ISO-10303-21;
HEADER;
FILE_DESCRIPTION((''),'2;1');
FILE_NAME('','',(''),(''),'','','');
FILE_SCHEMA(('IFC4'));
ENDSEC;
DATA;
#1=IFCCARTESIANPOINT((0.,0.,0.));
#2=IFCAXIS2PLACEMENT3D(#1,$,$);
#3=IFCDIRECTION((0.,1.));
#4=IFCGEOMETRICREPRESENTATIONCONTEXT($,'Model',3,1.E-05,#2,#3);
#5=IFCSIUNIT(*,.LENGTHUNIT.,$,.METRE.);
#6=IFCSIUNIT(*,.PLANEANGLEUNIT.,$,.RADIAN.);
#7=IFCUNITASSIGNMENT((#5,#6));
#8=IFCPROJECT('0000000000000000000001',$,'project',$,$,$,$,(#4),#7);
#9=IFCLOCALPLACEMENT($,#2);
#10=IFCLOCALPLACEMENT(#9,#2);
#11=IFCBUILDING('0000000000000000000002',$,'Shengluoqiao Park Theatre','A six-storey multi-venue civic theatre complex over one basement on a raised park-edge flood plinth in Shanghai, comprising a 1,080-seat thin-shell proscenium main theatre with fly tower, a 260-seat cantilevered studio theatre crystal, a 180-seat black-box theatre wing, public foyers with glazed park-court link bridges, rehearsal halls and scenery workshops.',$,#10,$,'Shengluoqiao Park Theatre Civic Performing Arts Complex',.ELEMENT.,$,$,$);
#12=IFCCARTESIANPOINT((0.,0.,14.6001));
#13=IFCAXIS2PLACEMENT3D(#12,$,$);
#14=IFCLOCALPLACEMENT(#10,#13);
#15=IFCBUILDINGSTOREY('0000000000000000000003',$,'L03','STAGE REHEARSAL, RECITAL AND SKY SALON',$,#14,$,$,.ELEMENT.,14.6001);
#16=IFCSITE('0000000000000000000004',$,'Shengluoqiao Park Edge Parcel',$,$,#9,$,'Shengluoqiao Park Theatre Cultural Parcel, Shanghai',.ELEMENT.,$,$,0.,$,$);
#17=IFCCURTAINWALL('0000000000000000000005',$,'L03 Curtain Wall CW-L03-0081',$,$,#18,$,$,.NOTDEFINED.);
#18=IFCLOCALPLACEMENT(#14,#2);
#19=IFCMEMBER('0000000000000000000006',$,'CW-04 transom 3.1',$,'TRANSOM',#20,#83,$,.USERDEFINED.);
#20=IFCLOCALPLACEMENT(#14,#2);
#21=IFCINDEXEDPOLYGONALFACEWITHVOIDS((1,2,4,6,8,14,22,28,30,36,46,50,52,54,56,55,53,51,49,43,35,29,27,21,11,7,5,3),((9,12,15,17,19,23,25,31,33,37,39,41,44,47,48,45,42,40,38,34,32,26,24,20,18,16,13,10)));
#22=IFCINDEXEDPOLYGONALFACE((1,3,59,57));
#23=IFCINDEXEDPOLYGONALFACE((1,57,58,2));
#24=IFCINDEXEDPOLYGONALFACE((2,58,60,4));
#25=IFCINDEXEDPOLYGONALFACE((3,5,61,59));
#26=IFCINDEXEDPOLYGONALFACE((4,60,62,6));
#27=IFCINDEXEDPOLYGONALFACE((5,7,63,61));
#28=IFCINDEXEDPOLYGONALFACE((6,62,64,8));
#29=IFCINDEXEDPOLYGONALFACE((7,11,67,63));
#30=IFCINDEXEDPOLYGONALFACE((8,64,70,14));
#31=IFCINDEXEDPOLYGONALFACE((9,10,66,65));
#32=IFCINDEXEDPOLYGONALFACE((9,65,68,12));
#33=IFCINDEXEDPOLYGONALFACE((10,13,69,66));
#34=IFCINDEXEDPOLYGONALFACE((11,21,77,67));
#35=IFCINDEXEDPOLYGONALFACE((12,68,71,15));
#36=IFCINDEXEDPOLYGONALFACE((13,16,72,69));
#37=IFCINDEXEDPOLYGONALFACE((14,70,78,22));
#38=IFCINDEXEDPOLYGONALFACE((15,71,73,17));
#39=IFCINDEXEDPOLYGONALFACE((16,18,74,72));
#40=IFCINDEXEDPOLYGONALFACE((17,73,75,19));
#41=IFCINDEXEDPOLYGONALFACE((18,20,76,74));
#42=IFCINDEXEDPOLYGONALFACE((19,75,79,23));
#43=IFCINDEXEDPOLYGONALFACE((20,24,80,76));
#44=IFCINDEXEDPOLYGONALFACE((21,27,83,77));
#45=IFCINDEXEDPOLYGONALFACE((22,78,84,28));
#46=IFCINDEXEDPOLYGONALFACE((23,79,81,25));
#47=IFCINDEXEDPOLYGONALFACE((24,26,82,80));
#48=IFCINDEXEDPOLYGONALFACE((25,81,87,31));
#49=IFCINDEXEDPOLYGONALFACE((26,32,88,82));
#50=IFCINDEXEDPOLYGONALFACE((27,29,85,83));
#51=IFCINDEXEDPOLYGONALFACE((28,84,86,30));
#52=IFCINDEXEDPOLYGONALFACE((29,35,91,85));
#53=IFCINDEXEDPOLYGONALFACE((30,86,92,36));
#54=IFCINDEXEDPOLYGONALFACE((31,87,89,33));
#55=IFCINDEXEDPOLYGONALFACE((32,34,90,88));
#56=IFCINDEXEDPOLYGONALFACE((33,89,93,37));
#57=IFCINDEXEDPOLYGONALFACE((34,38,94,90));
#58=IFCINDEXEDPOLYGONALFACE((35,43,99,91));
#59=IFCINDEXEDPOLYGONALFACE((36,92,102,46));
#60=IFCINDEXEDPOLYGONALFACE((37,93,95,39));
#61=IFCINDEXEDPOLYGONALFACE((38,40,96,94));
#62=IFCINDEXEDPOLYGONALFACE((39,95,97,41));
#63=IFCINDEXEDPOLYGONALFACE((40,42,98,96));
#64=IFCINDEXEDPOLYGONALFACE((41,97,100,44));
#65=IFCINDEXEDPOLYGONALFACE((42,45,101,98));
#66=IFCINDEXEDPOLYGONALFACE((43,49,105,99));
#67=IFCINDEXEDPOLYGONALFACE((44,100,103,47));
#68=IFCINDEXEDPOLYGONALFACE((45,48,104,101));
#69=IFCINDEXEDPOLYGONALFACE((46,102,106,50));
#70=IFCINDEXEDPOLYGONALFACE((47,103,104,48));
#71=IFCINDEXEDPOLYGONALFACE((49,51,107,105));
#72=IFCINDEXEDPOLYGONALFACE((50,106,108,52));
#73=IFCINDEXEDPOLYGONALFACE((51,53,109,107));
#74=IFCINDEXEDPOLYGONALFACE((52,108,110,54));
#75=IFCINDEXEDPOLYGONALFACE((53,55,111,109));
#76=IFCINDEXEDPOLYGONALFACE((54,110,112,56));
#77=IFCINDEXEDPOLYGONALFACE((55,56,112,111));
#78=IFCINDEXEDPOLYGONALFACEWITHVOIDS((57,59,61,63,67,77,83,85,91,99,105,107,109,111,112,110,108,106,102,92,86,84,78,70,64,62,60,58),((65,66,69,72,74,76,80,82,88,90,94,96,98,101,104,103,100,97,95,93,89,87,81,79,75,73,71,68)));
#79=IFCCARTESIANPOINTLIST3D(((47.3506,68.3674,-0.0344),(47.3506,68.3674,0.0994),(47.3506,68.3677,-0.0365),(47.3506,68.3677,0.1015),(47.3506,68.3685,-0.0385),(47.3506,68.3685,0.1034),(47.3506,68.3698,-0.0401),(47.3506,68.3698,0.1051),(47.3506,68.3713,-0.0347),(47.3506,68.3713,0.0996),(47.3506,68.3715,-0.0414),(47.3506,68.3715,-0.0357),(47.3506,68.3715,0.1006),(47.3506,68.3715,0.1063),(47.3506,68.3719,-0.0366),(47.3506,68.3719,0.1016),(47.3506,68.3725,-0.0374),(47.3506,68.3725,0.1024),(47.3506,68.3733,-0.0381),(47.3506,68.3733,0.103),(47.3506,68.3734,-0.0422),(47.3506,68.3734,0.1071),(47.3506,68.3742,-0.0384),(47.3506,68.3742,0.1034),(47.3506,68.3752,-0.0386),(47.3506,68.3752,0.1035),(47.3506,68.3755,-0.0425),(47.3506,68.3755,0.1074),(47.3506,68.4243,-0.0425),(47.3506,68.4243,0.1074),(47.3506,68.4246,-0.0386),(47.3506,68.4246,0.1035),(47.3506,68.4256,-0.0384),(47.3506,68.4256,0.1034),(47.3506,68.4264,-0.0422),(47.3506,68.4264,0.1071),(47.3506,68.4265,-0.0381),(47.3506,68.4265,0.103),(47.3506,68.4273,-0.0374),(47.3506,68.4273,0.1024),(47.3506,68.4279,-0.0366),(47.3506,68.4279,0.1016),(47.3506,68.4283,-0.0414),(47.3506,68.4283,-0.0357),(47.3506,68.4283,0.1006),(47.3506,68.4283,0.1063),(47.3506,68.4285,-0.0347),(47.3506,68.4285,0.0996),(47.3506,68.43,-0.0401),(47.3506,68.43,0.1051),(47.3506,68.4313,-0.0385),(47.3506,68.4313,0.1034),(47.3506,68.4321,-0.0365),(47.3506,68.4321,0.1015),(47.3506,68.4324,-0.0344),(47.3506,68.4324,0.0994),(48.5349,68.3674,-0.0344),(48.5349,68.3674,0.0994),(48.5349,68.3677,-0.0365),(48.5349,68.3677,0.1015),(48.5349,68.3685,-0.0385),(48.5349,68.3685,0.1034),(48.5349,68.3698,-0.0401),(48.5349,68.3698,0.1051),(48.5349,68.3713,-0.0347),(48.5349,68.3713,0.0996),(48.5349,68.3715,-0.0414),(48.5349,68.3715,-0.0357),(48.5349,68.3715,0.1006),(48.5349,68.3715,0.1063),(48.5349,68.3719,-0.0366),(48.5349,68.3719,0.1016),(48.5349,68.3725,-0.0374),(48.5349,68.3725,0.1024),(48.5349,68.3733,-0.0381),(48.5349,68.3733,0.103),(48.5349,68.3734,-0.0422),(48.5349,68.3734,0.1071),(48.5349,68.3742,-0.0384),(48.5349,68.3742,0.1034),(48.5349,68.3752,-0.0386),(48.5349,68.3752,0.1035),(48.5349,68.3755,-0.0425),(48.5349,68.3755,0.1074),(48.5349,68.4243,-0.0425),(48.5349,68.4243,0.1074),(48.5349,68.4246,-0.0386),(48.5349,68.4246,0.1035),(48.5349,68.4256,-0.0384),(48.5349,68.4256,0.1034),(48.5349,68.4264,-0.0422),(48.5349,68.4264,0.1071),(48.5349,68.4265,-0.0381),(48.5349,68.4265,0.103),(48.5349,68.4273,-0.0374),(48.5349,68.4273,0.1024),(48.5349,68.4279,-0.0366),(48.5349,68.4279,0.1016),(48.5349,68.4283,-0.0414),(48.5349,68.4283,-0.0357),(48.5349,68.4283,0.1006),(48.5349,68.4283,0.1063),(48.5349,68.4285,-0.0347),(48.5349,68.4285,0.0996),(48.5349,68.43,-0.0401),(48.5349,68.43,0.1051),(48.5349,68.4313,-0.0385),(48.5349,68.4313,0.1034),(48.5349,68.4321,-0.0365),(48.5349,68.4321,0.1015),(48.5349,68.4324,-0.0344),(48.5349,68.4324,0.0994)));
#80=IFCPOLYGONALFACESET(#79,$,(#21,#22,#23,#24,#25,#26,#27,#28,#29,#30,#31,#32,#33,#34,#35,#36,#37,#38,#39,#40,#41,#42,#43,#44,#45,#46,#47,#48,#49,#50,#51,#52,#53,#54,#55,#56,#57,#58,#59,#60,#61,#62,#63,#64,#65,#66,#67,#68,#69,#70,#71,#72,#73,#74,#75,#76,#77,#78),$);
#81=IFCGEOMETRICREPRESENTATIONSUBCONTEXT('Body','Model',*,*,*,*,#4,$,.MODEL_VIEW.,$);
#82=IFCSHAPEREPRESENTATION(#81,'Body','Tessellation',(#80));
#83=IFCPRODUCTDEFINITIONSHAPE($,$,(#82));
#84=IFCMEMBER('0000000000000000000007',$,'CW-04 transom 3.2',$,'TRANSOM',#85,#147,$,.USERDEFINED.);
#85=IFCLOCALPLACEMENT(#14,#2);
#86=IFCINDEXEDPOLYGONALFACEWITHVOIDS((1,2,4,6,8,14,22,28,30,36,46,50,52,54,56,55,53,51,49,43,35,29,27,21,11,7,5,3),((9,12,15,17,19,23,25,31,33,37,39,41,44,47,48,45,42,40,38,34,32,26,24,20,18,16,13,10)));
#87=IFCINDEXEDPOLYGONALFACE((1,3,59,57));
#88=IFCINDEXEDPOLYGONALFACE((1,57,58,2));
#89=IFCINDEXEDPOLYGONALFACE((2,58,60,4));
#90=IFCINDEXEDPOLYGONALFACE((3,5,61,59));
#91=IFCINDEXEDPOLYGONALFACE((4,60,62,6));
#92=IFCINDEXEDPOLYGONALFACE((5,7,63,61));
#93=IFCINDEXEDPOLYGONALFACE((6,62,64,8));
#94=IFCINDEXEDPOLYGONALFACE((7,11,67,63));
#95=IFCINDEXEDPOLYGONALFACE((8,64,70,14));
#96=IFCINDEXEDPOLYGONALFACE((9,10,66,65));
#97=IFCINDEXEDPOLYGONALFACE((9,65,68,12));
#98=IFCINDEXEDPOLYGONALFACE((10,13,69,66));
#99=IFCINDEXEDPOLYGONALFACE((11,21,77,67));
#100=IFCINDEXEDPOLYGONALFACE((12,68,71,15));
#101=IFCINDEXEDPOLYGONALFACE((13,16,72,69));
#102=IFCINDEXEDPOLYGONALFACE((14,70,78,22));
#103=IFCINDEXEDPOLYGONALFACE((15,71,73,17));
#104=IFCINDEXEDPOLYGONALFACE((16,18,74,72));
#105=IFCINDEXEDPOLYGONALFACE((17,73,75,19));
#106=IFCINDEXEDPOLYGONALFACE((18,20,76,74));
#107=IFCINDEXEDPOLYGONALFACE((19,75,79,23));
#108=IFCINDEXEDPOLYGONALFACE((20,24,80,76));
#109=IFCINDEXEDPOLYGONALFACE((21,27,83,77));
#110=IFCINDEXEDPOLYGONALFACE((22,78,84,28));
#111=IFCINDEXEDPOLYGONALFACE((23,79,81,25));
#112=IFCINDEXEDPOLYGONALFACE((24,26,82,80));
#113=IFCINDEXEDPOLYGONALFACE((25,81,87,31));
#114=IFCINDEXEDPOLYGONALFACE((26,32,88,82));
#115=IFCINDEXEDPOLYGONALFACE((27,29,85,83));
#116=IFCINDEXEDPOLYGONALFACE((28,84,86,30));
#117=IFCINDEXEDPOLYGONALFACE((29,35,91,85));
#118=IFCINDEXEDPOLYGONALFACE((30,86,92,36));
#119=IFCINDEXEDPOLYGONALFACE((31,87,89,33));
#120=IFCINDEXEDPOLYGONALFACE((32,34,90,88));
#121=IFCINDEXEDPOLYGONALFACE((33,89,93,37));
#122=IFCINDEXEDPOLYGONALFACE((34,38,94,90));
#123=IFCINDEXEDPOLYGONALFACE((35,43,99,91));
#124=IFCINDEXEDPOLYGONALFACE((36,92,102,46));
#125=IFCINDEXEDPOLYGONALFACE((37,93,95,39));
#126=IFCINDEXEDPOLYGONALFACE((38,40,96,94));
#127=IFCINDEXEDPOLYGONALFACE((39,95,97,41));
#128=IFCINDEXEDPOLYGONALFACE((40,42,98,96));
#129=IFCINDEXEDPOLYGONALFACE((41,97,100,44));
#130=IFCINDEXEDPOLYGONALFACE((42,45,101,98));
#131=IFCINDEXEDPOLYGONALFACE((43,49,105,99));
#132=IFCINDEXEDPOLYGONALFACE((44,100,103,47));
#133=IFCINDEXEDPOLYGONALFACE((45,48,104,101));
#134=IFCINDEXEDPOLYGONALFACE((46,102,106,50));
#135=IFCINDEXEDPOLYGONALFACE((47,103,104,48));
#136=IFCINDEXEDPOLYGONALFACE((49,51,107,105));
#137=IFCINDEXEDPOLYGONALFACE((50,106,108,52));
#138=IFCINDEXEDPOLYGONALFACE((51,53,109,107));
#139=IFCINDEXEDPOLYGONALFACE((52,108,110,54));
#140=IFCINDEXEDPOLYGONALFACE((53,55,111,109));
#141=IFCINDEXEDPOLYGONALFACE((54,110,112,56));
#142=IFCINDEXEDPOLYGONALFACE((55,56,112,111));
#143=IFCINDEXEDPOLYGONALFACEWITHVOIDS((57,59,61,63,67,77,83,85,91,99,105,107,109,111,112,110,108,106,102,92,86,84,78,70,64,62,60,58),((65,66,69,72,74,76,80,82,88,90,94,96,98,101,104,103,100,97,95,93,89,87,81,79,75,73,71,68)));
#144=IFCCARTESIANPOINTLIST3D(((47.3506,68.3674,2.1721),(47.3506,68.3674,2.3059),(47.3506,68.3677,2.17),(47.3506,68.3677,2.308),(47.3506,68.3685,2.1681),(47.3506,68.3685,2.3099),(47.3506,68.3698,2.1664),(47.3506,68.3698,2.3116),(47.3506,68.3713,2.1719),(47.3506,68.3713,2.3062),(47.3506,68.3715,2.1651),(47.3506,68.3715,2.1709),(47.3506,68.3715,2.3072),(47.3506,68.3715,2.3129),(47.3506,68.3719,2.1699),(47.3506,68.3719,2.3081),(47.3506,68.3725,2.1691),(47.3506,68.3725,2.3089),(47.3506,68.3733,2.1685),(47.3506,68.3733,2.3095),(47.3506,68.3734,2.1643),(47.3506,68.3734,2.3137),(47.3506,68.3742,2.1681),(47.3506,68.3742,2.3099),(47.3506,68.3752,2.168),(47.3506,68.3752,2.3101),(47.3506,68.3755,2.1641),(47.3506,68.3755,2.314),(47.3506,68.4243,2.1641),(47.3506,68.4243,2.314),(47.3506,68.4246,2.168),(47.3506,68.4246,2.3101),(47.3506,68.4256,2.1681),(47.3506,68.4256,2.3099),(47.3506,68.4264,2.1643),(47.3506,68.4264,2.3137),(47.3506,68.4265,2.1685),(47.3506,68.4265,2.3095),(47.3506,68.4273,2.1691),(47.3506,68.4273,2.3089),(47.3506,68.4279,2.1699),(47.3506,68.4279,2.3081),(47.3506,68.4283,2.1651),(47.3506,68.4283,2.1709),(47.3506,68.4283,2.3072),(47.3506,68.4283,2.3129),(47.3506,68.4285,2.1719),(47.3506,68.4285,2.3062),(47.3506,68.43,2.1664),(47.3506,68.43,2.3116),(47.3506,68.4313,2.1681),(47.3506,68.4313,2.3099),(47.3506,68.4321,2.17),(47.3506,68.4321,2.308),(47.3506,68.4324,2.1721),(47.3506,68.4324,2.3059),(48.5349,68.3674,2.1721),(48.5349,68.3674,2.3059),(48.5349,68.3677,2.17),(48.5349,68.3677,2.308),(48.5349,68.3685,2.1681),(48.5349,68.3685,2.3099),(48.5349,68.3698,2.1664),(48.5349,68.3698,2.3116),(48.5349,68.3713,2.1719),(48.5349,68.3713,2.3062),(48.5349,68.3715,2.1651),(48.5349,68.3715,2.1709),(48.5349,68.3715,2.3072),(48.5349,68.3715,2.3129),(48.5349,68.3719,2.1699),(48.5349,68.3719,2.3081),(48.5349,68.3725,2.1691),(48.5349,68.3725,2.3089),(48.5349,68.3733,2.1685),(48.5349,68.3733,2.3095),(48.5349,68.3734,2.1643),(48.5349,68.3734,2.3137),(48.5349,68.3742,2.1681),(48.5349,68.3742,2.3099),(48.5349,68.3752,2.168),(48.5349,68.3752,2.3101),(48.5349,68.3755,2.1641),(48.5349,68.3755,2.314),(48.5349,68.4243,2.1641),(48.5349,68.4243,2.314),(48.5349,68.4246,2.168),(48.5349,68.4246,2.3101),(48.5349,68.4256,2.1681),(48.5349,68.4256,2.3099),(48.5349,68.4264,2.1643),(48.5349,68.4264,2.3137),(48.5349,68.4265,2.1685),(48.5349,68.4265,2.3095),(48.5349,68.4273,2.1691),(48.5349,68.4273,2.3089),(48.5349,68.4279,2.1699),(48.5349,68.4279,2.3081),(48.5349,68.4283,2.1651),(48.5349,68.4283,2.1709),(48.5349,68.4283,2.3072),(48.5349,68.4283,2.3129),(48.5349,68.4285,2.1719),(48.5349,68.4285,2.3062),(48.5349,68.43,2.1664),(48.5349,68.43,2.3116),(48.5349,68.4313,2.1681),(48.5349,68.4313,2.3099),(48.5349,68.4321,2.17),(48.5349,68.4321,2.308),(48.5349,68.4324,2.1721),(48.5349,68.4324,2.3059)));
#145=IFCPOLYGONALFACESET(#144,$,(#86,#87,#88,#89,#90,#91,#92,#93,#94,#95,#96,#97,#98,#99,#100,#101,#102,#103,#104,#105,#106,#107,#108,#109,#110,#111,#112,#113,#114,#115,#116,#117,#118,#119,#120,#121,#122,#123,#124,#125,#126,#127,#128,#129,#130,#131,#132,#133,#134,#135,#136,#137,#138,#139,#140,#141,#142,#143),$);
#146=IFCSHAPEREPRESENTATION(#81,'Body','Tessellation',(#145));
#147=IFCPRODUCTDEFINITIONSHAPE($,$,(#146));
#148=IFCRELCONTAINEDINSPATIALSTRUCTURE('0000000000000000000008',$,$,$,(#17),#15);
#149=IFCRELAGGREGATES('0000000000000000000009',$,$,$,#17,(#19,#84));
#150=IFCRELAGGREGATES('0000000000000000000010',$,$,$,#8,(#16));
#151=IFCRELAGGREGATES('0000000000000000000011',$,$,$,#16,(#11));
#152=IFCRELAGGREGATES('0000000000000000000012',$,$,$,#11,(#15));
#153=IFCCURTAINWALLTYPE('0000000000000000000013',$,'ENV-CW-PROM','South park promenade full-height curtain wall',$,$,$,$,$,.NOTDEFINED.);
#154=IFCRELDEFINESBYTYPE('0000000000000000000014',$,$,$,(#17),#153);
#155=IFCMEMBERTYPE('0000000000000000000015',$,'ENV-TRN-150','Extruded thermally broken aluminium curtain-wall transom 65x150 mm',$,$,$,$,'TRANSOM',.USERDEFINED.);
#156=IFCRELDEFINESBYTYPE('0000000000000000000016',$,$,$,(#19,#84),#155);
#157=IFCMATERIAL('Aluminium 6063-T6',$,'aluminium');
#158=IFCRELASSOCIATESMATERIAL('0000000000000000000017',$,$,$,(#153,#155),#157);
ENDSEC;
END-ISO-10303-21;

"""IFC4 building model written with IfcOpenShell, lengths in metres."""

from ifc_helpers import new_model, si_unit, direction, frame, origin, origin_2d, place, context, subcontext, project, spatial, hollow_rectangle, extrude, material, material_profile, profile_set, type_object, element, aggregate, save


model = new_model("IFC4")

# Units and contexts
model_context = context("Model", 3, precision=1e-05, world=origin(), true_north=direction((0.0, 1.0)))
body_context = subcontext(model_context, "Body", "Model", "MODEL_VIEW")
ifc_project = project(units=[si_unit("LENGTHUNIT", "METRE"), si_unit("PLANEANGLEUNIT", "RADIAN")], contexts=[model_context])

# Site, building, storey
site_placement = place(None, origin())
site = spatial("IfcSite", under=ifc_project, at=site_placement, Name="Shengluoqiao Park Edge Parcel", LongName="Shengluoqiao Park Theatre Cultural Parcel, Shanghai", CompositionType="ELEMENT", RefElevation=0.0)
building_placement = place(site_placement, origin())
building = spatial("IfcBuilding", under=site, at=building_placement, Name="Shengluoqiao Park Theatre", Description="A six-storey multi-venue civic theatre complex over one basement on a raised park-edge flood plinth in Shanghai, comprising a 1,080-seat thin-shell proscenium main theatre with fly tower, a 260-seat cantilevered studio theatre crystal, a 180-seat black-box theatre wing, public foyers with glazed park-court link bridges, rehearsal halls and scenery workshops.", LongName="Shengluoqiao Park Theatre Civic Performing Arts Complex", CompositionType="ELEMENT")
storey_placement = place(building_placement, frame((0.0, 0.0, 14.6001)))
storey = spatial("IfcBuildingStorey", under=building, at=storey_placement, Name="L03", Description="STAGE REHEARSAL, RECITAL AND SKY SALON", CompositionType="ELEMENT", Elevation=14.6001)

# Curtain wall
ifc_material_1 = material(Name="Aluminium 6063-T6", Category="aluminium")
curtain_wall_type = type_object("IfcCurtainWallType", Name="ENV-CW-PROM", Description="South park promenade full-height curtain wall", PredefinedType="NOTDEFINED", material=ifc_material_1)
curtain_wall_1_placement = place(storey_placement, origin())
curtain_wall_1 = element("IfcCurtainWall", 1, at=curtain_wall_1_placement, inside=storey, type_object=curtain_wall_type, Name="L03 Curtain Wall CW-L03-0081", PredefinedType="NOTDEFINED")

# Members
ifc_material_profile_1 = material_profile(ifc_material_1, hollow_rectangle(XDim=0.0649, YDim=0.1499, WallThickness=0.0039, InnerFilletRadius=0.0039, OuterFilletRadius=0.0081, at=origin_2d()), Name="ALU TRANSOM 150x65x4")
ifc_profile_set_1 = profile_set([ifc_material_profile_1], Name="Aluminium 6063-T6")
member_type_1 = type_object("IfcMemberType", Name="ENV-TRN-150", Description="Extruded thermally broken aluminium curtain-wall transom 65x150 mm", ElementType="TRANSOM", PredefinedType="USERDEFINED", material=ifc_profile_set_1)
member_1_placement = place(storey_placement, frame((47.3506, 68.3999, 0.0325), z_axis=(1.0, 0.0, 0.0), x_axis=(0.0, 1.0, 0.0)))
member_1 = element("IfcMember", 2, at=member_1_placement, type_object=member_type_1, Name="CW-04 transom 3.1", ObjectType="TRANSOM", PredefinedType="USERDEFINED", context=body_context, shape_type="SweptSolid", body=[
    extrude(hollow_rectangle(XDim=0.0649, YDim=0.1499, WallThickness=0.0039, InnerFilletRadius=0.0039, OuterFilletRadius=0.0081, at=origin_2d()), origin(), (0.0, 0.0, 1.0), 1.1843),
])
member_2_placement = place(storey_placement, frame((47.3506, 68.3999, 2.239), z_axis=(1.0, 0.0, 0.0), x_axis=(0.0, 1.0, 0.0)))
member_2 = element("IfcMember", 3, at=member_2_placement, type_object=member_type_1, Name="CW-04 transom 3.2", ObjectType="TRANSOM", PredefinedType="USERDEFINED", context=body_context, shape_type="SweptSolid", body=[
    extrude(hollow_rectangle(XDim=0.0649, YDim=0.1499, WallThickness=0.0039, InnerFilletRadius=0.0039, OuterFilletRadius=0.0081, at=origin_2d()), origin(), (0.0, 0.0, 1.0), 1.1843),
])

aggregate(curtain_wall_1, [member_1, member_2])

save(model, "model.ifc")
